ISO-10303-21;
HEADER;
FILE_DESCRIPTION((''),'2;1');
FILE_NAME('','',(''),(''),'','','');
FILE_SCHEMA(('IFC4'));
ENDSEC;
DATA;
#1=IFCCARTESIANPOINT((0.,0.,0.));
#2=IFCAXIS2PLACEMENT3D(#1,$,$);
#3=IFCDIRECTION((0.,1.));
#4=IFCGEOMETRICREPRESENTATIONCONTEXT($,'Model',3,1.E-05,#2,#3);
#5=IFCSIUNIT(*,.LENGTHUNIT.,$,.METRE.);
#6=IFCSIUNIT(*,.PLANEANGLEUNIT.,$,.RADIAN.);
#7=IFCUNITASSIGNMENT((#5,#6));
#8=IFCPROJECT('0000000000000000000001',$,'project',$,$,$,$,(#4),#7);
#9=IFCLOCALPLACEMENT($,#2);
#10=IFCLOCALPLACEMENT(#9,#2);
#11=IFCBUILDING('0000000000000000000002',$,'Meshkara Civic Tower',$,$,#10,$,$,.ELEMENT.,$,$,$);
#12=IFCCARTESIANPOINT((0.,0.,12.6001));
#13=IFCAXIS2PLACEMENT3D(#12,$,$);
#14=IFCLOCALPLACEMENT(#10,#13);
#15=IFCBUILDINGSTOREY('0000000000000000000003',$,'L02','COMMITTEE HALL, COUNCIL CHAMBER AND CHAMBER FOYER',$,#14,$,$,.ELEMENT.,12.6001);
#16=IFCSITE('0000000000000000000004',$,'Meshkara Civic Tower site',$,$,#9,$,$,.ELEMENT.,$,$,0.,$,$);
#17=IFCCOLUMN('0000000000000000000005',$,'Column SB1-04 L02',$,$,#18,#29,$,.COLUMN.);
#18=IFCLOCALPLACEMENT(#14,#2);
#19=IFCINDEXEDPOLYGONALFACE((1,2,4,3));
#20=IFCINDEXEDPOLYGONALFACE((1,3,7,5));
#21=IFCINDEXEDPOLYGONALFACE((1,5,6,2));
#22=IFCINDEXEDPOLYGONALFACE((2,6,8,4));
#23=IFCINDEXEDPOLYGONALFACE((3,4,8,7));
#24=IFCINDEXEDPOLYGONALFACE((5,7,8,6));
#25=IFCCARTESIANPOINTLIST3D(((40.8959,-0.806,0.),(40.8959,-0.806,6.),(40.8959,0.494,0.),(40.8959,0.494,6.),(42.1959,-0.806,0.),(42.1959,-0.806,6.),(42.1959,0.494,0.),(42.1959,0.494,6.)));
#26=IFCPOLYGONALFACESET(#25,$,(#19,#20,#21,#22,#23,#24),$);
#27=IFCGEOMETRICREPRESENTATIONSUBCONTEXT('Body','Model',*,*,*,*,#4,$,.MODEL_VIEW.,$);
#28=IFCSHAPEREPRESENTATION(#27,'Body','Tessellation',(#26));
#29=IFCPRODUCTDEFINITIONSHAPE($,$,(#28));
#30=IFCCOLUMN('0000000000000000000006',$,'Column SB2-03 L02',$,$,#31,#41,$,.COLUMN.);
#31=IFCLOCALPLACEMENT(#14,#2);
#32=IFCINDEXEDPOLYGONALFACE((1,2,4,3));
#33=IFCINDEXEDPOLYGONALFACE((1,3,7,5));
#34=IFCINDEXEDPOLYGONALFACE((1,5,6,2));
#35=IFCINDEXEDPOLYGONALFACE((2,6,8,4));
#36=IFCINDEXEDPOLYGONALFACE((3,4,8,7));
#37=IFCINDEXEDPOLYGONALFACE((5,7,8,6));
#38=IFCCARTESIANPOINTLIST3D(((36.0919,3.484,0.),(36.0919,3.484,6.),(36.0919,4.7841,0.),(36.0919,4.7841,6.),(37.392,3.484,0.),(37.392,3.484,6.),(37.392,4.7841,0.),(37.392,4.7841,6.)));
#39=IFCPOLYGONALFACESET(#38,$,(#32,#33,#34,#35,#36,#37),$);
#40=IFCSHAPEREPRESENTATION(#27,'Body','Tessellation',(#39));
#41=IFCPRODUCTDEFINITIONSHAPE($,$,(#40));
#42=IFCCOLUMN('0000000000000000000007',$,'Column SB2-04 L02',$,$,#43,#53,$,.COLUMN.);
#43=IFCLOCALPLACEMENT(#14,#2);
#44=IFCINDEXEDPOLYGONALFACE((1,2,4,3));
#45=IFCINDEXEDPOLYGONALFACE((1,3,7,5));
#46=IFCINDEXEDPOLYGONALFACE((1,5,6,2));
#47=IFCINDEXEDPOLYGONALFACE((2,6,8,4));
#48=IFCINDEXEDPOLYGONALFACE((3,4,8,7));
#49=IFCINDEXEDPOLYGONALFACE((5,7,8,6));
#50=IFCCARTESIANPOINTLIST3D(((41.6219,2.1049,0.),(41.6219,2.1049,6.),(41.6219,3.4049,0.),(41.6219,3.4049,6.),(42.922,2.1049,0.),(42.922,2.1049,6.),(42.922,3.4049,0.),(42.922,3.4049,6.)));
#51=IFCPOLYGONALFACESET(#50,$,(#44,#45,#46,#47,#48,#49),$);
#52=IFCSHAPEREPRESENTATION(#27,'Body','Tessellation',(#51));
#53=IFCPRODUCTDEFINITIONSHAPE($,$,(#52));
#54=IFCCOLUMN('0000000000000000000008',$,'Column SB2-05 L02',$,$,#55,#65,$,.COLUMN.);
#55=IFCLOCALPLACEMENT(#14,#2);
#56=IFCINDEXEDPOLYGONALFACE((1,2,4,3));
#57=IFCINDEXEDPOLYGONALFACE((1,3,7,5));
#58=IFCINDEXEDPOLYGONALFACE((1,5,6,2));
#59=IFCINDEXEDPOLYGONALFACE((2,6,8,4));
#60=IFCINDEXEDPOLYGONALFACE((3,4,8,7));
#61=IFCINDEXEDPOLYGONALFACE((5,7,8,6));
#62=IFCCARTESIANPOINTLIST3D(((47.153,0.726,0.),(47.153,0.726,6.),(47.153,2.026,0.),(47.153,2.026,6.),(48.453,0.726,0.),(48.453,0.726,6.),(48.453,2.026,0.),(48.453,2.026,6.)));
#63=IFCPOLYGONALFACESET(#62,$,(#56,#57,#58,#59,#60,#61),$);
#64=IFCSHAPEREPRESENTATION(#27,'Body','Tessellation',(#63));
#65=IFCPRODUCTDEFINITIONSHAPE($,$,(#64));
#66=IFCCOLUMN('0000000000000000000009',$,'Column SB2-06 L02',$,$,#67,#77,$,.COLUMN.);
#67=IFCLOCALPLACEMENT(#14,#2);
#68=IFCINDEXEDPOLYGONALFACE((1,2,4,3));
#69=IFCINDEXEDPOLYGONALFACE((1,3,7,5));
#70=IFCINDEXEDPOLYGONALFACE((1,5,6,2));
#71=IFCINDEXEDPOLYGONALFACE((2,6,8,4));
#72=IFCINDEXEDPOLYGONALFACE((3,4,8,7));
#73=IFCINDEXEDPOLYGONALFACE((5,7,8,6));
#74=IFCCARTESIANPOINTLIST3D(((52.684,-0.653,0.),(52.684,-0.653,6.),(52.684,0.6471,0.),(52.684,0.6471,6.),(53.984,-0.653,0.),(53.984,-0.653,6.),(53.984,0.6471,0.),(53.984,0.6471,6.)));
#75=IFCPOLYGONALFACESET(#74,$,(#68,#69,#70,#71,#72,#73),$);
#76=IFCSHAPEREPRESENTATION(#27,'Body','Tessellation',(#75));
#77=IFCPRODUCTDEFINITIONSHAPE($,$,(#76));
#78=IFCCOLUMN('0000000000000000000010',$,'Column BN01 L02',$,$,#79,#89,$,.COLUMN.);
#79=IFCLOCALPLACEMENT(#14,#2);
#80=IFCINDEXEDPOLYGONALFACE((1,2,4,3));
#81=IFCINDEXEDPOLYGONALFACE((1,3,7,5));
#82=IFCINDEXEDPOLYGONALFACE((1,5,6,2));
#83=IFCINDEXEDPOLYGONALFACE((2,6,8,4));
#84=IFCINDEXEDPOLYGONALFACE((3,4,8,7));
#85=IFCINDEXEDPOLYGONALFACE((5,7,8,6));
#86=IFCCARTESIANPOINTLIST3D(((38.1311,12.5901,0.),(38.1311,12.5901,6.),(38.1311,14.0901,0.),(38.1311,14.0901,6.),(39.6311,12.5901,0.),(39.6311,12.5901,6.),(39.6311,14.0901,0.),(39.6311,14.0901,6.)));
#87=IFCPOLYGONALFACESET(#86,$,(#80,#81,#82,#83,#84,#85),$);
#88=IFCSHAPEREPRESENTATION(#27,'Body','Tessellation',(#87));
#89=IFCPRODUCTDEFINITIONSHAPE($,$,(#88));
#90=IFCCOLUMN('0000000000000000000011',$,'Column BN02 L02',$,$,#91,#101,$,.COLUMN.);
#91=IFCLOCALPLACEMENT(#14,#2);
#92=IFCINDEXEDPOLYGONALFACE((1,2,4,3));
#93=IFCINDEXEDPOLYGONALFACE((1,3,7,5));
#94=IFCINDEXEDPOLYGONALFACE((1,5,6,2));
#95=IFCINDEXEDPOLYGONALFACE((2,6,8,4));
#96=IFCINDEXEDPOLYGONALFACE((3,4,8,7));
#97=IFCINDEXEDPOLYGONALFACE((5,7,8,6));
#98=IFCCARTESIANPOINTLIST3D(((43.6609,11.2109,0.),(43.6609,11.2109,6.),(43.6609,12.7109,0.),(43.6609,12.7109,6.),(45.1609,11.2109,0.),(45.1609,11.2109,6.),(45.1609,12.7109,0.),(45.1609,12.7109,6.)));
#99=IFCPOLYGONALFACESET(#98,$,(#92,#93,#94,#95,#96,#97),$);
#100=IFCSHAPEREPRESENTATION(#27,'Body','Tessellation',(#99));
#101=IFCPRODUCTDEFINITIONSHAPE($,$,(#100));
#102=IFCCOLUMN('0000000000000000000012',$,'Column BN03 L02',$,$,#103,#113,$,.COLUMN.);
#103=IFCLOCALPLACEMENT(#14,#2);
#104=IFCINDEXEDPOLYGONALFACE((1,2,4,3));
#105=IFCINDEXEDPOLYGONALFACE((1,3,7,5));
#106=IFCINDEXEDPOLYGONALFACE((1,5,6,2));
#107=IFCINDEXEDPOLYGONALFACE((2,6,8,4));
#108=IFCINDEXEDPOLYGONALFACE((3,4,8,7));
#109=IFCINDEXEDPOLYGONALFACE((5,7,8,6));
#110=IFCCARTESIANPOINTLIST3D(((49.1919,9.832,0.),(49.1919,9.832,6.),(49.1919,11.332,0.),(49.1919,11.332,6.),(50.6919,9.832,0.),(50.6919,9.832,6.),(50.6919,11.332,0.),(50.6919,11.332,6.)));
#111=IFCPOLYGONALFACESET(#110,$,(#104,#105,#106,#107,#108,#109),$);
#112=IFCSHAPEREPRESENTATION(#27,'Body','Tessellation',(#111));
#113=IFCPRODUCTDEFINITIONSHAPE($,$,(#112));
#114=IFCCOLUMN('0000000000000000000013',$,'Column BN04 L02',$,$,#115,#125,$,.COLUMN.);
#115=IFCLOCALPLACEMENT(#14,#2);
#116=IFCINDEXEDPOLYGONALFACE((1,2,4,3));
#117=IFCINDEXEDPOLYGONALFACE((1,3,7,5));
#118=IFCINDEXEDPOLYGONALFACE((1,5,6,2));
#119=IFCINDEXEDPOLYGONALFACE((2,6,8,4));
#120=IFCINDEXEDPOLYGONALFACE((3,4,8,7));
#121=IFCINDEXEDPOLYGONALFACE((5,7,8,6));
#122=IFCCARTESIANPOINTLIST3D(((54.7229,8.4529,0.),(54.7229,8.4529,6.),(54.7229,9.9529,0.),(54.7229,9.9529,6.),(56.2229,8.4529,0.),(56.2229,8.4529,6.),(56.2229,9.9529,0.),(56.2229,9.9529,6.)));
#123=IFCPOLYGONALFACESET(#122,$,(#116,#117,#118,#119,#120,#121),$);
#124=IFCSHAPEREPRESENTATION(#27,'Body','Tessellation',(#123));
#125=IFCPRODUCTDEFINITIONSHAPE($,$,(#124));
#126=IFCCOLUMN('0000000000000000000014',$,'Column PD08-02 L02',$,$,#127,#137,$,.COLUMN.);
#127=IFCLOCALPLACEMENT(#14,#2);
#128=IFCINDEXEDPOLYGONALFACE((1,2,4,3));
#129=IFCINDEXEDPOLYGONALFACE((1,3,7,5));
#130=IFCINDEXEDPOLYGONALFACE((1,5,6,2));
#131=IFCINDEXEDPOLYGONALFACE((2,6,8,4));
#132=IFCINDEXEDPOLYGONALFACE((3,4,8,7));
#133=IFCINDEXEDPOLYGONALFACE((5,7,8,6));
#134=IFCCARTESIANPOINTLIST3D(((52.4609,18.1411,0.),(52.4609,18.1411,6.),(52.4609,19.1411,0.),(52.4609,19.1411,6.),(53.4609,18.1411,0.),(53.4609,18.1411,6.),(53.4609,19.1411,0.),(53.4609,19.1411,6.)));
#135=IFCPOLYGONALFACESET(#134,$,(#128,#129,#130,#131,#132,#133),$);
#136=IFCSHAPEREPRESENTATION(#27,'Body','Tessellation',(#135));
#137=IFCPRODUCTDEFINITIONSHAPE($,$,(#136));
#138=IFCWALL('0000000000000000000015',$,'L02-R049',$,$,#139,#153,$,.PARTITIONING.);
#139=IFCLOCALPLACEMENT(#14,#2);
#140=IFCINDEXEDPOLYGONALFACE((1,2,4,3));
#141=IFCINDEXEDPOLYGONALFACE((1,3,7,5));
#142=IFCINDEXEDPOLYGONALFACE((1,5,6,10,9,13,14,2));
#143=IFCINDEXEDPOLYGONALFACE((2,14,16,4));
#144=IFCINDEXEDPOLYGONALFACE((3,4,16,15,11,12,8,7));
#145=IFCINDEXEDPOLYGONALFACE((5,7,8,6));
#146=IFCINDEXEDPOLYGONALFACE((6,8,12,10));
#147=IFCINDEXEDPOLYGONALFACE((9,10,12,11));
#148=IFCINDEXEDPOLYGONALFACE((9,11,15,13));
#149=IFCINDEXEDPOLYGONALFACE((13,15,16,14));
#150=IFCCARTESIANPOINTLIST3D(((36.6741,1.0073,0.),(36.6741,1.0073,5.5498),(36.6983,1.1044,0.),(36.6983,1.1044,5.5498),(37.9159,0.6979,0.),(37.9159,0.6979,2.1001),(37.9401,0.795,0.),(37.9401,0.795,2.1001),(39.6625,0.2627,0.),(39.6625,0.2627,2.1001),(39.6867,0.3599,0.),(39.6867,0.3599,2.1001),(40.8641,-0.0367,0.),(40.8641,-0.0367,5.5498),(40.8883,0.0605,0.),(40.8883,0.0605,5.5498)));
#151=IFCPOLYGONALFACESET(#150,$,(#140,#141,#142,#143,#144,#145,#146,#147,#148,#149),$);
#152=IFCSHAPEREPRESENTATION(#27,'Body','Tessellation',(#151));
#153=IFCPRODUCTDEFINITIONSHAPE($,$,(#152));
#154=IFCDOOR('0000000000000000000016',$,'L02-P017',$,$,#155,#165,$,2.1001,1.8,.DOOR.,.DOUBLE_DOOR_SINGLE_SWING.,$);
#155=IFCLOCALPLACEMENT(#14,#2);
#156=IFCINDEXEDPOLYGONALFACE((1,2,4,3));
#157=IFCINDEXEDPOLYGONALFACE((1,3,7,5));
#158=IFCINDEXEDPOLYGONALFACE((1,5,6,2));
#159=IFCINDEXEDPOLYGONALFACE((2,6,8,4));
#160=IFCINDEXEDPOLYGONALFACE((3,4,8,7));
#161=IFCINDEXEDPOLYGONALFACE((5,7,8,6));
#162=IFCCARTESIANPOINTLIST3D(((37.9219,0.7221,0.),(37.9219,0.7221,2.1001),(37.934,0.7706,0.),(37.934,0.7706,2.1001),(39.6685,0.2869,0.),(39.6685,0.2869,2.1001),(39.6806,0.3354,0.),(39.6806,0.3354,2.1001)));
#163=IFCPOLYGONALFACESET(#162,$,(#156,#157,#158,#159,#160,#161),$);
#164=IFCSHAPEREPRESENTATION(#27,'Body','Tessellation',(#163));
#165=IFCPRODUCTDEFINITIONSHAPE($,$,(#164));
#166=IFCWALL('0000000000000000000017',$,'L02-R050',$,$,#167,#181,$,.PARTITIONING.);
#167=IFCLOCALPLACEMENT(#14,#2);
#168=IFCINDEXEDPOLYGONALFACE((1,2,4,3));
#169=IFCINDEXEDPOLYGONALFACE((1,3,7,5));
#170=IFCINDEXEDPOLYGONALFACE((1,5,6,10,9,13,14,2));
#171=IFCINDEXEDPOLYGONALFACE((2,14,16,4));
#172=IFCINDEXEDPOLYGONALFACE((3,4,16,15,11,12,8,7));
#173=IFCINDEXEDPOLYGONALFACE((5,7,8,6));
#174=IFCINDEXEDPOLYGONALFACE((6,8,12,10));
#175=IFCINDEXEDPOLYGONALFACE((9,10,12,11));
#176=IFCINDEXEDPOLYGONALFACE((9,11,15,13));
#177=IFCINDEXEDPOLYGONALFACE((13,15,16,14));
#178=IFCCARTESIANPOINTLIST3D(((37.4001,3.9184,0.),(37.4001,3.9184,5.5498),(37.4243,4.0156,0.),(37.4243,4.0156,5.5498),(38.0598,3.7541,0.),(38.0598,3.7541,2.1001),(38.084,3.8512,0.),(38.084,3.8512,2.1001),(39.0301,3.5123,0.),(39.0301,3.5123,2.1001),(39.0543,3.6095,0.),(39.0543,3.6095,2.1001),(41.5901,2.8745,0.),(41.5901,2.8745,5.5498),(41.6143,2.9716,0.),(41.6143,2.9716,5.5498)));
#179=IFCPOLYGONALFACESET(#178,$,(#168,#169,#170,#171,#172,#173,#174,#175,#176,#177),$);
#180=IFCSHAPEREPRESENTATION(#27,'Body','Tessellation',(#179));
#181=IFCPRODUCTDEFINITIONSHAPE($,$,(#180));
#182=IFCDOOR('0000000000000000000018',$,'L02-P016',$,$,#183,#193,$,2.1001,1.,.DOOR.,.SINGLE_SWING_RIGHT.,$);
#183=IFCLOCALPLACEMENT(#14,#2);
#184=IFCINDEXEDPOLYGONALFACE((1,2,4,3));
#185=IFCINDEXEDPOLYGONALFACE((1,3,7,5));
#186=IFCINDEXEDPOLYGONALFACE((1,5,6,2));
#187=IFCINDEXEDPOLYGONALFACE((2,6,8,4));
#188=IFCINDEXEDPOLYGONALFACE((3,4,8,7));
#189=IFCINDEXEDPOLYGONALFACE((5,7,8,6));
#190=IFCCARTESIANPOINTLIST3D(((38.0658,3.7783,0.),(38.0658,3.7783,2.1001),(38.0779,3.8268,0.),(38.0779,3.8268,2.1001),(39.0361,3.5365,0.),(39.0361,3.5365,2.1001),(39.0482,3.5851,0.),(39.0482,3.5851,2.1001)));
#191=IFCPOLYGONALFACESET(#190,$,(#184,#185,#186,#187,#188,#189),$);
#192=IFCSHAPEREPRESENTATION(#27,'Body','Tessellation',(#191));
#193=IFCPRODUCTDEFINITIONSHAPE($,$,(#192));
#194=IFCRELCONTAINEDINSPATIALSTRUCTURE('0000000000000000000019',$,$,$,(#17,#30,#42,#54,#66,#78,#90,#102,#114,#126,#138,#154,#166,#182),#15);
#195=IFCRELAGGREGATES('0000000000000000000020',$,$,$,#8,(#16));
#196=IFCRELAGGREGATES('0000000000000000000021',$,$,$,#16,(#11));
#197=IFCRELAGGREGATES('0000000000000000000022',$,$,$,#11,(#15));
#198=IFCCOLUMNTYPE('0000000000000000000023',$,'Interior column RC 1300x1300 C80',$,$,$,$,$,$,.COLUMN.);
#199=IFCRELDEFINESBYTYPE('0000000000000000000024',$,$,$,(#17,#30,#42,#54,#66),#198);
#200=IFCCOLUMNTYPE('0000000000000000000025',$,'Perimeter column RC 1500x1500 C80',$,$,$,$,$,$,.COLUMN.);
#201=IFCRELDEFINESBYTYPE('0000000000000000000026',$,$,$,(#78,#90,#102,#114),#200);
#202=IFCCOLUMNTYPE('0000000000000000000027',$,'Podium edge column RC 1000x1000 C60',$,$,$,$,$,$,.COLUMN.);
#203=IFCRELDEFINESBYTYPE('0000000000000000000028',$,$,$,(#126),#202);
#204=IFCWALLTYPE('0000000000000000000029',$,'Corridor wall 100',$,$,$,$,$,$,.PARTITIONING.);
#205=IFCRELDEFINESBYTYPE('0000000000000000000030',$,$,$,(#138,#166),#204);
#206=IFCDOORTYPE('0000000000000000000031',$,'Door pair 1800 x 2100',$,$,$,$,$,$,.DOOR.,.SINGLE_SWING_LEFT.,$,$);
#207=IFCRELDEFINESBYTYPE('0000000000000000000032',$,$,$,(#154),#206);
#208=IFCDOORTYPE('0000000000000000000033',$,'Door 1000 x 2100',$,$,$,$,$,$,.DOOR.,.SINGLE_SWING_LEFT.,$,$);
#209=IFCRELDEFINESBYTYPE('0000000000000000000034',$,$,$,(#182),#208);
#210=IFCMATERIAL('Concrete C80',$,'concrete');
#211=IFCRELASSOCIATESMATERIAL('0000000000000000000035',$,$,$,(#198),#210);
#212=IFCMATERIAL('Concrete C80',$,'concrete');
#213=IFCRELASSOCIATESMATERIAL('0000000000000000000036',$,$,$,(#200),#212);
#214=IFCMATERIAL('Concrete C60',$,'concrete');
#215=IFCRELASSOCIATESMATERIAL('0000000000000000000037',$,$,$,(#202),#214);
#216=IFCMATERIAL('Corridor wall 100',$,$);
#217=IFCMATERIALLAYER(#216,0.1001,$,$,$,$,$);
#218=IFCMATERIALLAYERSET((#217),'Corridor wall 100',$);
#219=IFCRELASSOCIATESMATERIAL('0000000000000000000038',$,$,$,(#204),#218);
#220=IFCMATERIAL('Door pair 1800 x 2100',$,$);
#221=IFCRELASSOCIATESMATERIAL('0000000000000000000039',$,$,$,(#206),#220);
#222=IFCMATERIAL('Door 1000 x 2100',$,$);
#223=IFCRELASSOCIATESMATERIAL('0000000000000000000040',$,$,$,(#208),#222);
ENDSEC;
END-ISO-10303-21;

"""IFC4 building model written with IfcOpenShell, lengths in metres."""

from ifc_helpers import new_model, si_unit, direction, frame, frame_2d, origin, origin_2d, place, context, subcontext, project, spatial, rectangle, extrude, material, layer, layer_set, material_profile, profile_set, type_object, element, fill, save


model = new_model("IFC4")

# Units and contexts
model_context = context("Model", 3, precision=1e-05, world=origin(), true_north=direction((0.0, 1.0)))
body_context = subcontext(model_context, "Body", "Model", "MODEL_VIEW")
ifc_project = project(units=[si_unit("LENGTHUNIT", "METRE"), si_unit("PLANEANGLEUNIT", "RADIAN")], contexts=[model_context])

# Site, building, storey
site_placement = place(None, origin())
site = spatial("IfcSite", under=ifc_project, at=site_placement, Name="Meshkara Civic Tower site", CompositionType="ELEMENT", RefElevation=0.0)
building_placement = place(site_placement, origin())
building = spatial("IfcBuilding", under=site, at=building_placement, Name="Meshkara Civic Tower", CompositionType="ELEMENT")
storey_placement = place(building_placement, frame((0.0, 0.0, 12.6001)))
storey = spatial("IfcBuildingStorey", under=building, at=storey_placement, Name="L02", Description="COMMITTEE HALL, COUNCIL CHAMBER AND CHAMBER FOYER", CompositionType="ELEMENT", Elevation=12.6001)

# Columns
ifc_material_1 = material(Name="Concrete C80", Category="concrete")
ifc_material_profile_1 = material_profile(ifc_material_1, rectangle(XDim=1.3, YDim=1.3, at=origin_2d()))
ifc_profile_set_1 = profile_set([ifc_material_profile_1], Name="Concrete C80")
column_type_1 = type_object("IfcColumnType", Name="Interior column RC 1300x1300 C80", PredefinedType="COLUMN", material=ifc_profile_set_1)
for number, where, z_axis, x_axis, name in (
    (1, (41.5459, -0.156, 0.0), (0.0, 0.0, 1.0), (1.0, 0.0, 0.0), "Column SB1-04 L02"),
    (2, (36.7419, 4.134, 0.0), (0.0, 0.0, 1.0), (1.0, 0.0, 0.0), "Column SB2-03 L02"),
    (3, (42.272, 2.7549, 0.0), (0.0, 0.0, 1.0), (1.0, 0.0, 0.0), "Column SB2-04 L02"),
    (4, (47.803, 1.376, 0.0), (0.0, 0.0, 1.0), (1.0, 0.0, 0.0), "Column SB2-05 L02"),
    (5, (53.334, -0.0029, 0.0), (0.0, 0.0, 1.0), (1.0, 0.0, 0.0), "Column SB2-06 L02"),
):
    element("IfcColumn", number, at=place(storey_placement, frame(where, z_axis=z_axis, x_axis=x_axis)), inside=storey, type_object=column_type_1, Name=name, PredefinedType="COLUMN", context=body_context, shape_type="SweptSolid", body=[
        extrude(rectangle(XDim=1.3, YDim=1.3, at=origin_2d()), origin(), (0.0, 0.0, 1.0), 6.0),
    ])
ifc_material_2 = material(Name="Concrete C80", Category="concrete")
ifc_material_profile_2 = material_profile(ifc_material_2, rectangle(XDim=1.5, YDim=1.5, at=origin_2d()))
ifc_profile_set_2 = profile_set([ifc_material_profile_2], Name="Concrete C80")
column_type_2 = type_object("IfcColumnType", Name="Perimeter column RC 1500x1500 C80", PredefinedType="COLUMN", material=ifc_profile_set_2)
for number, where, z_axis, x_axis, name in (
    (6, (38.8811, 13.3401, 0.0), (0.0, 0.0, 1.0), (1.0, 0.0, 0.0), "Column BN01 L02"),
    (7, (44.4109, 11.9609, 0.0), (0.0, 0.0, 1.0), (1.0, 0.0, 0.0), "Column BN02 L02"),
    (8, (49.9419, 10.582, 0.0), (0.0, 0.0, 1.0), (1.0, 0.0, 0.0), "Column BN03 L02"),
    (9, (55.4729, 9.2029, 0.0), (0.0, 0.0, 1.0), (1.0, 0.0, 0.0), "Column BN04 L02"),
):
    element("IfcColumn", number, at=place(storey_placement, frame(where, z_axis=z_axis, x_axis=x_axis)), inside=storey, type_object=column_type_2, Name=name, PredefinedType="COLUMN", context=body_context, shape_type="SweptSolid", body=[
        extrude(rectangle(XDim=1.5, YDim=1.5, at=origin_2d()), origin(), (0.0, 0.0, 1.0), 6.0),
    ])
ifc_material_3 = material(Name="Concrete C60", Category="concrete")
ifc_material_profile_3 = material_profile(ifc_material_3, rectangle(XDim=1.0, YDim=1.0, at=origin_2d()))
ifc_profile_set_3 = profile_set([ifc_material_profile_3], Name="Concrete C60")
column_type_3 = type_object("IfcColumnType", Name="Podium edge column RC 1000x1000 C60", PredefinedType="COLUMN", material=ifc_profile_set_3)
column_placement = place(storey_placement, frame((52.9609, 18.6411, 0.0), z_axis=(0.0, 0.0, 1.0), x_axis=(1.0, 0.0, 0.0)))
element("IfcColumn", 10, at=column_placement, inside=storey, type_object=column_type_3, Name="Column PD08-02 L02", PredefinedType="COLUMN", context=body_context, shape_type="SweptSolid", body=[
    extrude(rectangle(XDim=1.0, YDim=1.0, at=origin_2d()), origin(), (0.0, 0.0, 1.0), 6.0),
])

# Walls, openings, doors
ifc_material_4 = material(Name="Corridor wall 100")
ifc_layer_1 = layer(ifc_material_4, 0.1001)
ifc_layer_set_1 = layer_set([ifc_layer_1], Name="Corridor wall 100")
wall_type_1 = type_object("IfcWallType", Name="Corridor wall 100", PredefinedType="PARTITIONING", material=ifc_layer_set_1)
wall_1_placement = place(storey_placement, frame((36.686, 1.0559, 0.0), z_axis=(0.0, 0.0, 1.0), x_axis=(0.970335, -0.241764, 0.0)))
wall_1 = element("IfcWall", 11, at=wall_1_placement, inside=storey, type_object=wall_type_1, Name="L02-R049", PredefinedType="PARTITIONING", context=body_context, shape_type="SweptSolid", body=[
    extrude(rectangle(XDim=4.3181, YDim=0.1001, at=frame_2d((2.1592, 0.0))), origin(), (0.0, 0.0, 1.0), 5.5498),
])
opening_1_placement = place(wall_1_placement, frame((1.28, 0.0, 0.0)))
opening_1 = element("IfcOpeningElement", 12, at=opening_1_placement, cuts=wall_1, PredefinedType="OPENING", context=body_context, shape_type="SweptSolid", body=[
    extrude(rectangle(XDim=1.8, YDim=2.1001, at=frame_2d((0.8999, 1.05))), frame((0.0, 0.0601, 0.0), z_axis=(0.0, -1.0, 0.0), x_axis=(1.0, 0.0, 0.0)), (0.0, 0.0, 1.0), 0.1201),
])
ifc_material_5 = material(Name="Door pair 1800 x 2100")
door_type_1 = type_object("IfcDoorType", Name="Door pair 1800 x 2100", OperationType="SINGLE_SWING_LEFT", PredefinedType="DOOR", material=ifc_material_5)
door_1_placement = place(opening_1_placement, origin())
door_1 = element("IfcDoor", 13, at=door_1_placement, inside=storey, type_object=door_type_1, Name="L02-P017", OperationType="DOUBLE_DOOR_SINGLE_SWING", OverallHeight=2.1001, OverallWidth=1.8, PredefinedType="DOOR", context=body_context, shape_type="SweptSolid", body=[
    extrude(rectangle(XDim=1.8, YDim=2.1001, at=frame_2d((0.8999, 1.05))), frame((0.0, 0.0249, 0.0), z_axis=(0.0, -1.0, 0.0), x_axis=(1.0, 0.0, 0.0)), (0.0, 0.0, 1.0), 0.05),
])
fill(opening_1, door_1)
wall_2_placement = place(storey_placement, frame((37.4121, 3.967, 0.0), z_axis=(0.0, 0.0, 1.0), x_axis=(0.970335, -0.241764, 0.0)))
wall_2 = element("IfcWall", 14, at=wall_2_placement, inside=storey, type_object=wall_type_1, Name="L02-R050", PredefinedType="PARTITIONING", context=body_context, shape_type="SweptSolid", body=[
    extrude(rectangle(XDim=4.3181, YDim=0.1001, at=frame_2d((2.1592, 0.0))), origin(), (0.0, 0.0, 1.0), 5.5498),
])
opening_2_placement = place(wall_2_placement, frame((0.6799, 0.0, 0.0)))
opening_2 = element("IfcOpeningElement", 15, at=opening_2_placement, cuts=wall_2, PredefinedType="OPENING", context=body_context, shape_type="SweptSolid", body=[
    extrude(rectangle(XDim=1.0, YDim=2.1001, at=frame_2d((0.5, 1.05))), frame((0.0, 0.0601, 0.0), z_axis=(0.0, -1.0, 0.0), x_axis=(1.0, 0.0, 0.0)), (0.0, 0.0, 1.0), 0.1201),
])
ifc_material_6 = material(Name="Door 1000 x 2100")
door_type_2 = type_object("IfcDoorType", Name="Door 1000 x 2100", OperationType="SINGLE_SWING_LEFT", PredefinedType="DOOR", material=ifc_material_6)
door_2_placement = place(opening_2_placement, origin())
door_2 = element("IfcDoor", 16, at=door_2_placement, inside=storey, type_object=door_type_2, Name="L02-P016", OperationType="SINGLE_SWING_RIGHT", OverallHeight=2.1001, OverallWidth=1.0, PredefinedType="DOOR", context=body_context, shape_type="SweptSolid", body=[
    extrude(rectangle(XDim=1.0, YDim=2.1001, at=frame_2d((0.5, 1.05))), frame((0.0, 0.0249, 0.0), z_axis=(0.0, -1.0, 0.0), x_axis=(1.0, 0.0, 0.0)), (0.0, 0.0, 1.0), 0.05),
])
fill(opening_2, door_2)

save(model, "model.ifc")
